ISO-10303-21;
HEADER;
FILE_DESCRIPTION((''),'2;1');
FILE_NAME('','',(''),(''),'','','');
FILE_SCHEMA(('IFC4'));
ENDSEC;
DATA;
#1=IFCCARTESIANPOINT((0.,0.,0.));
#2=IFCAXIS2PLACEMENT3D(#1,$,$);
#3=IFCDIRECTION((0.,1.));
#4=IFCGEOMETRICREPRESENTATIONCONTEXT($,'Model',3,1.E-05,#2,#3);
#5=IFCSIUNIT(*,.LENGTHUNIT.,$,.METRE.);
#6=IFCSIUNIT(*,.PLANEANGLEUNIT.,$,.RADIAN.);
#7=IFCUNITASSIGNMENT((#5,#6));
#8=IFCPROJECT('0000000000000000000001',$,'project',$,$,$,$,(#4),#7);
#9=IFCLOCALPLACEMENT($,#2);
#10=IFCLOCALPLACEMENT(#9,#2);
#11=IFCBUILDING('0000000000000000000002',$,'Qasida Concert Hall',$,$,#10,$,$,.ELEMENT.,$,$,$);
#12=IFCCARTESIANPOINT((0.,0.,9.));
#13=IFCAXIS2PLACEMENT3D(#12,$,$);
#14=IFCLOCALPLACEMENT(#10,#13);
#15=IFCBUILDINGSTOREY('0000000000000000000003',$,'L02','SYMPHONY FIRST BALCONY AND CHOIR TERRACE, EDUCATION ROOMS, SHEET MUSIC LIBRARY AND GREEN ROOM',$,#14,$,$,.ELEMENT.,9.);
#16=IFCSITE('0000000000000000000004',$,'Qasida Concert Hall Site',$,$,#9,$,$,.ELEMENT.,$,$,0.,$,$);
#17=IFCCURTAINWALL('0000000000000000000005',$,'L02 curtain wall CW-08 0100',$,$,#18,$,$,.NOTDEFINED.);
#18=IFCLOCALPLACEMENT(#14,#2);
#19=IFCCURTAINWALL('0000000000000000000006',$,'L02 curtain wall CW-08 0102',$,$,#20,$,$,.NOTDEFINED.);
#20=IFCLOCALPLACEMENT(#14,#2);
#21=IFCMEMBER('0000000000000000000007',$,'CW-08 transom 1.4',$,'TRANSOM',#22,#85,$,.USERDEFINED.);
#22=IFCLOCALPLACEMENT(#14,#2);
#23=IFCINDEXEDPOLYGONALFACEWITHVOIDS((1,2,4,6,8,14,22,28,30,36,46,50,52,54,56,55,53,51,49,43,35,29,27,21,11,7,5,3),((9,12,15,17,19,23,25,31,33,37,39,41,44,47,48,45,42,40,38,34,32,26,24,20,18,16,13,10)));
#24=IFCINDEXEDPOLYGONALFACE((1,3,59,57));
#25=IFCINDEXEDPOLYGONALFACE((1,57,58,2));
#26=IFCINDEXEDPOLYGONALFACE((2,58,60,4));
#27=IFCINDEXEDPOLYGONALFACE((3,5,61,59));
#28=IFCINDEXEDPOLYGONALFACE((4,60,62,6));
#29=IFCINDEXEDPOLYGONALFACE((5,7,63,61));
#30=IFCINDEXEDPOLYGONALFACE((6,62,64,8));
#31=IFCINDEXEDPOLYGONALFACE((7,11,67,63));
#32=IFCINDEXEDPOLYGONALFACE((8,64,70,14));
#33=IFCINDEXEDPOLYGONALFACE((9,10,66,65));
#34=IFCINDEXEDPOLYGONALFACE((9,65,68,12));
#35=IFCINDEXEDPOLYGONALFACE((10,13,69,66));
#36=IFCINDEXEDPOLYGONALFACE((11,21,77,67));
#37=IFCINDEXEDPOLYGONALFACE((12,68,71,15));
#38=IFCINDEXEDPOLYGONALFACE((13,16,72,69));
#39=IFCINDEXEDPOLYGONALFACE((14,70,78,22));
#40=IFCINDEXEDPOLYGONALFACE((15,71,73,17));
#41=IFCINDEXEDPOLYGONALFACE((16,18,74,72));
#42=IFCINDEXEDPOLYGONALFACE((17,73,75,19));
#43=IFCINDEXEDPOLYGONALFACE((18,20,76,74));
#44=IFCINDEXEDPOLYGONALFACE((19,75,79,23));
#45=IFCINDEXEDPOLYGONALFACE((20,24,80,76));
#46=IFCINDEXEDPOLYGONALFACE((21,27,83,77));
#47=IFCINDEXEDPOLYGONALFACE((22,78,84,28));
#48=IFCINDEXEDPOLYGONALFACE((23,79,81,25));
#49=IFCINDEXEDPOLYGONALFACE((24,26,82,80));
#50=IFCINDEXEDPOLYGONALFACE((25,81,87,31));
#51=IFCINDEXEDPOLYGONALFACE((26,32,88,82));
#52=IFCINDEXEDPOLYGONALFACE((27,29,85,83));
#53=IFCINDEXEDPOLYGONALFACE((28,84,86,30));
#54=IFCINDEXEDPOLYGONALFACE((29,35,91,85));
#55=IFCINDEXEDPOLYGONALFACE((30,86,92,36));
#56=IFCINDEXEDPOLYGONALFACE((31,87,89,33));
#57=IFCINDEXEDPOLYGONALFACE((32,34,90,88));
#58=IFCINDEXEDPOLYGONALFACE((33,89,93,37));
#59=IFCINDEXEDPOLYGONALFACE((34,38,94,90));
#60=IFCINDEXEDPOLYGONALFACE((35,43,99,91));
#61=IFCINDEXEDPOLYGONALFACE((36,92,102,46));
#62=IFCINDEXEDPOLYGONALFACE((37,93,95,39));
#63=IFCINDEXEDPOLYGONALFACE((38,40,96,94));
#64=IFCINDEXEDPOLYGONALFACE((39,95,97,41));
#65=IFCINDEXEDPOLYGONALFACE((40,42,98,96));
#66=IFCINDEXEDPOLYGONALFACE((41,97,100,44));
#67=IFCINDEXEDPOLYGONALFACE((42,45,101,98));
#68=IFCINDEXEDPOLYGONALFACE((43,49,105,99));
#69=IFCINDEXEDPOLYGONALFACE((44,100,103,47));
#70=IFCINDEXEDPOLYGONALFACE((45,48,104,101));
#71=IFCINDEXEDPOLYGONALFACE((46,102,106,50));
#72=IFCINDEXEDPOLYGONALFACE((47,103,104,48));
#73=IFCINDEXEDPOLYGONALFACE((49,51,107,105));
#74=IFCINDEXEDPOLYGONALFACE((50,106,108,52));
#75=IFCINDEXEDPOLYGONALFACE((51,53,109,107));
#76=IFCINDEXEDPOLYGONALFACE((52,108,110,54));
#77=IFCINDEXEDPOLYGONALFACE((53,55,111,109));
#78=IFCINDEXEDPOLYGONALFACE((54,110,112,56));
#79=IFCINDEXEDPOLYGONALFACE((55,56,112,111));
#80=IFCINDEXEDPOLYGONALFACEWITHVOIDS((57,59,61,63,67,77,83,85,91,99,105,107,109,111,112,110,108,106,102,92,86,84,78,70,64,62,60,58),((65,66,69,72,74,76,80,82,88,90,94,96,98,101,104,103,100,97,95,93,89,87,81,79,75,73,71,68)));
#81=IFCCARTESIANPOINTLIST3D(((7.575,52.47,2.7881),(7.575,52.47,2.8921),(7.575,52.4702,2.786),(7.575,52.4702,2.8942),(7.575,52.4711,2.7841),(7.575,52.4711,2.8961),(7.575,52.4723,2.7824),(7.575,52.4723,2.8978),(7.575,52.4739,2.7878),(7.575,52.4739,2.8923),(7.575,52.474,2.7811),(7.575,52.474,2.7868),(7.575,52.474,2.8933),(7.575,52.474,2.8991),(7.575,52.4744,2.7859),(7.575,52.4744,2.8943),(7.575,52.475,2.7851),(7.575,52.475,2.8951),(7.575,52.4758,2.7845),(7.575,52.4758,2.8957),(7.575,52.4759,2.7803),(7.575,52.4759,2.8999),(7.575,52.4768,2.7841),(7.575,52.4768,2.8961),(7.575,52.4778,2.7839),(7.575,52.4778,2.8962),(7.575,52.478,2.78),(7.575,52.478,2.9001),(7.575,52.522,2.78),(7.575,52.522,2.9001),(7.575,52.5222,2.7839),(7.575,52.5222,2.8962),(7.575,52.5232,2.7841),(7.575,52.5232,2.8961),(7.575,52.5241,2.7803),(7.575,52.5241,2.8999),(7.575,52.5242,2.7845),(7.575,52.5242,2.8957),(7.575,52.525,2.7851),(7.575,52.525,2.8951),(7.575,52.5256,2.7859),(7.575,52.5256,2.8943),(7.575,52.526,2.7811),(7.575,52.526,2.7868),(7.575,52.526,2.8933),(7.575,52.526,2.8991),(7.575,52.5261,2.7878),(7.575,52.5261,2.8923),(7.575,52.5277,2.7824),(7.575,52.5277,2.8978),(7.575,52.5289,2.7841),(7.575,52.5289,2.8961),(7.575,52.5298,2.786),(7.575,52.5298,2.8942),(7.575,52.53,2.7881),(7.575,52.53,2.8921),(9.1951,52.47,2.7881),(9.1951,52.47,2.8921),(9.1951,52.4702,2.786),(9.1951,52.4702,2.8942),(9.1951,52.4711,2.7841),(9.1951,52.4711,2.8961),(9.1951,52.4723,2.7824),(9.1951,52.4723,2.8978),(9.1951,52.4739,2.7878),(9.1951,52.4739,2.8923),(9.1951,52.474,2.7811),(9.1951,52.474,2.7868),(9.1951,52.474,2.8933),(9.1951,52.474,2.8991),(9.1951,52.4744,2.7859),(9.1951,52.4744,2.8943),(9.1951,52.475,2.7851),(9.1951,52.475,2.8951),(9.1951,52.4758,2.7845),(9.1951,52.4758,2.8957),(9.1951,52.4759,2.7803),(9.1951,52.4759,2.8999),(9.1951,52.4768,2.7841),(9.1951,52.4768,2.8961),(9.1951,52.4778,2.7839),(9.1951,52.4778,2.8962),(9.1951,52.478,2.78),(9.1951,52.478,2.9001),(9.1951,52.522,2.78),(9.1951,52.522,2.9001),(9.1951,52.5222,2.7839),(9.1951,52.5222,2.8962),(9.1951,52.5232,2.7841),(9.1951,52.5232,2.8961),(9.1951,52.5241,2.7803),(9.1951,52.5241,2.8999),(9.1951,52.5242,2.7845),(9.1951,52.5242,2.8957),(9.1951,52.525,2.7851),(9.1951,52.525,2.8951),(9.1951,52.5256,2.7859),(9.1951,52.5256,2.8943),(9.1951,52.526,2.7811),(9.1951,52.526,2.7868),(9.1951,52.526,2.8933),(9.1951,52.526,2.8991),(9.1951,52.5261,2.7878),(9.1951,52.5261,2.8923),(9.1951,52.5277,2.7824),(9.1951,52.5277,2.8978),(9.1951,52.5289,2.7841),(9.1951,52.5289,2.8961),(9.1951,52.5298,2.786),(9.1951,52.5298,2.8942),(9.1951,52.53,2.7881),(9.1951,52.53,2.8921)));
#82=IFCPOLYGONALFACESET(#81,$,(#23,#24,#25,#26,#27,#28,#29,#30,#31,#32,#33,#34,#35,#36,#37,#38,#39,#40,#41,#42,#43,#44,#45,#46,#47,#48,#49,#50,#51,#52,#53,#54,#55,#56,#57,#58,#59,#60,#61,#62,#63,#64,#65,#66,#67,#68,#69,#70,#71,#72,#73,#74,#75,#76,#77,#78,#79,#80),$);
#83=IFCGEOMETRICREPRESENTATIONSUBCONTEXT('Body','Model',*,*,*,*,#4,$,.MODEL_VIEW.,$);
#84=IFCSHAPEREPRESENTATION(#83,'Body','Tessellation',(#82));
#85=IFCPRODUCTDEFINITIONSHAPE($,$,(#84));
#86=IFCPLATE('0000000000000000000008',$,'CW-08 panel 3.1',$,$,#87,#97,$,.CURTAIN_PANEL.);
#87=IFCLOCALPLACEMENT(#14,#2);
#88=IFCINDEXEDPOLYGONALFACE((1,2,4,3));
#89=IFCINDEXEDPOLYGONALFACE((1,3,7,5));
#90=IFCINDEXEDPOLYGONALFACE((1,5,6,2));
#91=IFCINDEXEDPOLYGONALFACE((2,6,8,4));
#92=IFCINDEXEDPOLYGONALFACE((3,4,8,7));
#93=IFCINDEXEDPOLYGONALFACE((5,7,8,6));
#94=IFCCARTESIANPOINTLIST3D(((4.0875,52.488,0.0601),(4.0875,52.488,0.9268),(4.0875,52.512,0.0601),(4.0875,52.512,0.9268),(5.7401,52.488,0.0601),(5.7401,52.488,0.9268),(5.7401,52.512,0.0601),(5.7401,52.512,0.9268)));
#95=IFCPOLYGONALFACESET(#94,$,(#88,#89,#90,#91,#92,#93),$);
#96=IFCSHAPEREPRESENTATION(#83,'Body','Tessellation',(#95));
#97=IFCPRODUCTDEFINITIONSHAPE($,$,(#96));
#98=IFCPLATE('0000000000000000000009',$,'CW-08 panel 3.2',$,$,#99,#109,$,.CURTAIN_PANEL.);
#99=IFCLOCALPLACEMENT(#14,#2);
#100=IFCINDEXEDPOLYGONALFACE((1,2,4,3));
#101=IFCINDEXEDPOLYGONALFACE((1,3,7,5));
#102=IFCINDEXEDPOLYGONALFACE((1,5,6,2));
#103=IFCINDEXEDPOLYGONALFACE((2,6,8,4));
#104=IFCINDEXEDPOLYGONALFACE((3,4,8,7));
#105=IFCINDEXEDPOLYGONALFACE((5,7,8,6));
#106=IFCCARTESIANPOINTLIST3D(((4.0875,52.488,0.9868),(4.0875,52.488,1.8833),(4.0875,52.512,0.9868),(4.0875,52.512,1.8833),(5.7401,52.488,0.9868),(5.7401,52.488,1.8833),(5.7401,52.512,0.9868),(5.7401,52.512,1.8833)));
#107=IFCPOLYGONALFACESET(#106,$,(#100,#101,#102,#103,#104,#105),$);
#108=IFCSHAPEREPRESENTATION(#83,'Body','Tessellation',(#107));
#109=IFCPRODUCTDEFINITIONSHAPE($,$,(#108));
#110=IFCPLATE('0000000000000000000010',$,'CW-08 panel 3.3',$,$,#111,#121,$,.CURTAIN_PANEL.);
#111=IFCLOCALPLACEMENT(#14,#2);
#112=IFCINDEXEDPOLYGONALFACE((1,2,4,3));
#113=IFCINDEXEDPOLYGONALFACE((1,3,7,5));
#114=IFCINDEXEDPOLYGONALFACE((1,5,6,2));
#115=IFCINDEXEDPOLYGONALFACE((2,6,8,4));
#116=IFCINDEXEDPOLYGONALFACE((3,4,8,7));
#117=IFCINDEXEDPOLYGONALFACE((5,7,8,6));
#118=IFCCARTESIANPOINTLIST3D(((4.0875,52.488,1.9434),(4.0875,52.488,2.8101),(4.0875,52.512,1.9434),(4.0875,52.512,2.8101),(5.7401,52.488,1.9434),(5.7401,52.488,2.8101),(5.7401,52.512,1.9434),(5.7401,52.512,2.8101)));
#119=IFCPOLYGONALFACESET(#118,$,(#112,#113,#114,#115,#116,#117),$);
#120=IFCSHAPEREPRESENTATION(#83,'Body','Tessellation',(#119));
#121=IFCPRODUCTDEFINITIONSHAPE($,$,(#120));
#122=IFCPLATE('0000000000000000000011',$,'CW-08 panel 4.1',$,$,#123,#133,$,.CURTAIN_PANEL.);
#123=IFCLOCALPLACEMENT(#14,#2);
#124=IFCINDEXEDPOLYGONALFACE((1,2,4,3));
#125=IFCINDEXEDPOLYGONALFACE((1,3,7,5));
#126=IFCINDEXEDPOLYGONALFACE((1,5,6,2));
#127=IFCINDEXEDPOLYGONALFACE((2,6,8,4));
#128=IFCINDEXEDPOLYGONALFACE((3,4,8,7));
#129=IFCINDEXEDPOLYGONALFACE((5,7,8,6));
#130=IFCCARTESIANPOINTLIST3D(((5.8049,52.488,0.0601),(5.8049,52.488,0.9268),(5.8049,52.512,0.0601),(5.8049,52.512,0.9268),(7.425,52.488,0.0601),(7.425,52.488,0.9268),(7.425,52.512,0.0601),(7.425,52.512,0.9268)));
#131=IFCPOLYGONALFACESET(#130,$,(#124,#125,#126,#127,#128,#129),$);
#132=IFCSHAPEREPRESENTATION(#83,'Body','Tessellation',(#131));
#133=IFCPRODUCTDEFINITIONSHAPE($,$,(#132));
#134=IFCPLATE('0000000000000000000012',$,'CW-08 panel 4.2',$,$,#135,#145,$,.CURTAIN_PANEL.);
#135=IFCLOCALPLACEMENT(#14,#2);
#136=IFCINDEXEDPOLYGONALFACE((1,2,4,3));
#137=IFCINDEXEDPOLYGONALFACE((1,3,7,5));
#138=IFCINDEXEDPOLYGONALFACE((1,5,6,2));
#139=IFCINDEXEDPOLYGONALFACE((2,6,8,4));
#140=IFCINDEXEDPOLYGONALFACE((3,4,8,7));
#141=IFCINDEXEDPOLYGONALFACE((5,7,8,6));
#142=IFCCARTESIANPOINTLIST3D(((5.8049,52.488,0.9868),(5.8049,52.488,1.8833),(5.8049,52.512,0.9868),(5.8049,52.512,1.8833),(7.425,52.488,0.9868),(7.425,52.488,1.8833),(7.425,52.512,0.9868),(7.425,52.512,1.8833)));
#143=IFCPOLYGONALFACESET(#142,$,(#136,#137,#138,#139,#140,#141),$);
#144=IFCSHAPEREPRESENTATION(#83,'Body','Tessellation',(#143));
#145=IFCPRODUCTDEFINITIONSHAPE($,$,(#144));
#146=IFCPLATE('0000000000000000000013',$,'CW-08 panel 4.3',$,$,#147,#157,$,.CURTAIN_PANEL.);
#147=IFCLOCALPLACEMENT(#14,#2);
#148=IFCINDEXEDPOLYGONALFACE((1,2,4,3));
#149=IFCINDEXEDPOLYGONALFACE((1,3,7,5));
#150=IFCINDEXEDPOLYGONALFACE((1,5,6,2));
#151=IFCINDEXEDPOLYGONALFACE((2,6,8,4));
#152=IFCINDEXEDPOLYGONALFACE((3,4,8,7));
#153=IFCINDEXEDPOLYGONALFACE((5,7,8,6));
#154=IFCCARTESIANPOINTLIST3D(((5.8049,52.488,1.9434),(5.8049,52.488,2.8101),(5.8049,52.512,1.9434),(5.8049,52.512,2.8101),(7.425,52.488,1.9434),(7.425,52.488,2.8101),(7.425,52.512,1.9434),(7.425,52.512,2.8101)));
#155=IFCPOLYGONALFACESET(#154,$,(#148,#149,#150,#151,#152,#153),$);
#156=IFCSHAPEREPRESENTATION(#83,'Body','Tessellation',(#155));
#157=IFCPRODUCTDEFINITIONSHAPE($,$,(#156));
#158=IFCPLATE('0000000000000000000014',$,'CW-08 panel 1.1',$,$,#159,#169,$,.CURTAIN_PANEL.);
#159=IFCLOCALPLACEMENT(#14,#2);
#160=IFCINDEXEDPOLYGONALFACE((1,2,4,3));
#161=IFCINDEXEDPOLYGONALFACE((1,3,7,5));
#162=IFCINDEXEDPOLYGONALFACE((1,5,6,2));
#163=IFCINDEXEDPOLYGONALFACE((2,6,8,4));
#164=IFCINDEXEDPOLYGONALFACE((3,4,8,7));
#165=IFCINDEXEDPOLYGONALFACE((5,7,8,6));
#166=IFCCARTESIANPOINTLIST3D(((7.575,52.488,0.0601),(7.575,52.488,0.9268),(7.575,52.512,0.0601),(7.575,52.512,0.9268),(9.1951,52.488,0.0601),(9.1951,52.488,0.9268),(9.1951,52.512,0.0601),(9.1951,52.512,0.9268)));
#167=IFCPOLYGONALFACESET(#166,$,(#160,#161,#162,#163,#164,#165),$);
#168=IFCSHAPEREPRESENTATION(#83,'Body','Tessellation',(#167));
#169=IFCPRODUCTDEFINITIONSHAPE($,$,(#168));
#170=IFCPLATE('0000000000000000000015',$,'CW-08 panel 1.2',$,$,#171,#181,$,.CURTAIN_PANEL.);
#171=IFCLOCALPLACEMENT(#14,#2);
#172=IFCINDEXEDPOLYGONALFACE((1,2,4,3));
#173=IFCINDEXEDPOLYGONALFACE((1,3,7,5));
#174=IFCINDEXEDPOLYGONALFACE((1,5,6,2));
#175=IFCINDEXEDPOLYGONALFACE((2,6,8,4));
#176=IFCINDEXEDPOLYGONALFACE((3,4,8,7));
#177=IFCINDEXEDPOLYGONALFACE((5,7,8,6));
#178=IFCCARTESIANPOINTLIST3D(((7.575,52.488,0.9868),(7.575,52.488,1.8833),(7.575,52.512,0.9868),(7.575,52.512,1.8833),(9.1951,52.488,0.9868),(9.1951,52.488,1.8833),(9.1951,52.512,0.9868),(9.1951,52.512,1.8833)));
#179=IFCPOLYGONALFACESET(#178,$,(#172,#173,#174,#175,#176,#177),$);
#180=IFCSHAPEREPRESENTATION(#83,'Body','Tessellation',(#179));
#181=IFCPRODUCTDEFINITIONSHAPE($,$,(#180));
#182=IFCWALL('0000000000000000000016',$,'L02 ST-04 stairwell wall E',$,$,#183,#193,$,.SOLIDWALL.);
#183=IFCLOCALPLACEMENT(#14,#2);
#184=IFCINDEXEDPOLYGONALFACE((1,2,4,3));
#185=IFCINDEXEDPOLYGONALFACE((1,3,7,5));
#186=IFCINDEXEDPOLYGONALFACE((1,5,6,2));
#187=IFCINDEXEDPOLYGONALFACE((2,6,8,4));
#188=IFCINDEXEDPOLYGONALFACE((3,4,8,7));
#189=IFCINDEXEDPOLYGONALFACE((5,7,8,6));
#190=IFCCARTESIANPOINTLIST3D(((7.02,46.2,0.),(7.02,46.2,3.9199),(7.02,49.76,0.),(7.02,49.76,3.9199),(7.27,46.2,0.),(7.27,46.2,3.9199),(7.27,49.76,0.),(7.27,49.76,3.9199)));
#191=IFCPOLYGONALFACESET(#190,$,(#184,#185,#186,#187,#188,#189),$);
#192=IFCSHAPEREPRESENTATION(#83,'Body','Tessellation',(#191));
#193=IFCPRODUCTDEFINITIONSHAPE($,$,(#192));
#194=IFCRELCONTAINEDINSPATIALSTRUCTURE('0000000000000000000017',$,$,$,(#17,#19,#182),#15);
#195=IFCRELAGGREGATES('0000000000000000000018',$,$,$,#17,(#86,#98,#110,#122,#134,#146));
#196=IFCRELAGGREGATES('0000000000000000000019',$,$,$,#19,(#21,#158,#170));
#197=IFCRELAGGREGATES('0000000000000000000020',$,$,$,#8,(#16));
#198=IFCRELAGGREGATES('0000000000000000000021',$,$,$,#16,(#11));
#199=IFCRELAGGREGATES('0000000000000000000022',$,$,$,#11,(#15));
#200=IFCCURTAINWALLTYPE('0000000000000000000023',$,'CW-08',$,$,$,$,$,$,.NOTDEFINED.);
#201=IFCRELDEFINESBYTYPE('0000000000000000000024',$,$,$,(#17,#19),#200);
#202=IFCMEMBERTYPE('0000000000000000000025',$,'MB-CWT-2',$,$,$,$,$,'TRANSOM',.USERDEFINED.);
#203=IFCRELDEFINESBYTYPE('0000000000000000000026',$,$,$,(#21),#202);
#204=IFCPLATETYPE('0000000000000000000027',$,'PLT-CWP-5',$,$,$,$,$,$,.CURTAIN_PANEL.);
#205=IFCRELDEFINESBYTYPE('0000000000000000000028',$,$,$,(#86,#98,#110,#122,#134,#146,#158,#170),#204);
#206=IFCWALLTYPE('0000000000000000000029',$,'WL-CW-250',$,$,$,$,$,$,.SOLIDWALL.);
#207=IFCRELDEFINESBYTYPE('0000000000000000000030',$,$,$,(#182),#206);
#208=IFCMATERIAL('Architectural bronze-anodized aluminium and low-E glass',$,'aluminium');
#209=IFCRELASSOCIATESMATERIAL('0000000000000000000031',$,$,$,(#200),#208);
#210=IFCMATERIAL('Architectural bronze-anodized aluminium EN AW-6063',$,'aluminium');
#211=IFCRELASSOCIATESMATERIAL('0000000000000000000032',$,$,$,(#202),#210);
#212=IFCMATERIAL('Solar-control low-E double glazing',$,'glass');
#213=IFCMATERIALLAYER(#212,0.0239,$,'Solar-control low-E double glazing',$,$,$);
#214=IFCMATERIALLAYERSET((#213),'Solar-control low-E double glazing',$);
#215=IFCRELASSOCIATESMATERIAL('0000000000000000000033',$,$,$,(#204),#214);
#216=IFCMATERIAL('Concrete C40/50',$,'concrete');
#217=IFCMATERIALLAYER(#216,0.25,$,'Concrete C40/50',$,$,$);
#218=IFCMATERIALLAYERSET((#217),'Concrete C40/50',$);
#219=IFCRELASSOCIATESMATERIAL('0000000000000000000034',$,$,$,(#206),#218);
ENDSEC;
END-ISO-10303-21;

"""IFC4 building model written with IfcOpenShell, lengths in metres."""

from ifc_helpers import new_model, si_unit, direction, frame, frame_2d, origin, origin_2d, place, context, subcontext, project, spatial, rectangle, hollow_rectangle, extrude, material, layer, layer_set, material_profile, profile_set, type_object, element, aggregate, save


model = new_model("IFC4")

# Units and contexts
model_context = context("Model", 3, precision=1e-05, world=origin(), true_north=direction((0.0, 1.0)))
body_context = subcontext(model_context, "Body", "Model", "MODEL_VIEW")
ifc_project = project(units=[si_unit("LENGTHUNIT", "METRE"), si_unit("PLANEANGLEUNIT", "RADIAN")], contexts=[model_context])

# Site, building, storey
site_placement = place(None, origin())
site = spatial("IfcSite", under=ifc_project, at=site_placement, Name="Qasida Concert Hall Site", CompositionType="ELEMENT", RefElevation=0.0)
building_placement = place(site_placement, origin())
building = spatial("IfcBuilding", under=site, at=building_placement, Name="Qasida Concert Hall", CompositionType="ELEMENT")
storey_placement = place(building_placement, frame((0.0, 0.0, 9.0)))
storey = spatial("IfcBuildingStorey", under=building, at=storey_placement, Name="L02", Description="SYMPHONY FIRST BALCONY AND CHOIR TERRACE, EDUCATION ROOMS, SHEET MUSIC LIBRARY AND GREEN ROOM", CompositionType="ELEMENT", Elevation=9.0)

# Curtain wall
ifc_material_1 = material(Name="Architectural bronze-anodized aluminium and low-E glass", Category="aluminium")
curtain_wall_type = type_object("IfcCurtainWallType", Name="CW-08", PredefinedType="NOTDEFINED", material=ifc_material_1)
curtain_wall_1_placement = place(storey_placement, origin())
curtain_wall_1 = element("IfcCurtainWall", 1, at=curtain_wall_1_placement, inside=storey, type_object=curtain_wall_type, Name="L02 curtain wall CW-08 0100", PredefinedType="NOTDEFINED")
ifc_material_2 = material(Name="Architectural bronze-anodized aluminium EN AW-6063", Category="aluminium")

# Curtain wall
curtain_wall_2_placement = place(storey_placement, origin())
curtain_wall_2 = element("IfcCurtainWall", 2, at=curtain_wall_2_placement, inside=storey, type_object=curtain_wall_type, Name="L02 curtain wall CW-08 0102", PredefinedType="NOTDEFINED")

# Member
ifc_material_profile_1 = material_profile(ifc_material_2, hollow_rectangle(XDim=0.0601, YDim=0.1201, WallThickness=0.0039, InnerFilletRadius=0.0039, OuterFilletRadius=0.0081, at=origin_2d()), Name="CWT 120x60x4")
ifc_profile_set_1 = profile_set([ifc_material_profile_1], Name="Architectural bronze-anodized aluminium EN AW-6063")
member_type_1 = type_object("IfcMemberType", Name="MB-CWT-2", ElementType="TRANSOM", PredefinedType="USERDEFINED", material=ifc_profile_set_1)
member_1_placement = place(storey_placement, frame((7.575, 52.5, 2.8401), z_axis=(1.0, 0.0, 0.0), x_axis=(0.0, 1.0, 0.0)))
member_1 = element("IfcMember", 3, at=member_1_placement, type_object=member_type_1, Name="CW-08 transom 1.4", ObjectType="TRANSOM", PredefinedType="USERDEFINED", context=body_context, shape_type="SweptSolid", body=[
    extrude(hollow_rectangle(XDim=0.0601, YDim=0.1201, WallThickness=0.0039, InnerFilletRadius=0.0039, OuterFilletRadius=0.0081, at=origin_2d()), origin(), (0.0, 0.0, 1.0), 1.6201),
])

# Plates
ifc_material_3 = material(Name="Solar-control low-E double glazing", Category="glass")
ifc_layer_1 = layer(ifc_material_3, 0.0239, Name="Solar-control low-E double glazing")
ifc_layer_set_1 = layer_set([ifc_layer_1], Name="Solar-control low-E double glazing")
plate_type = type_object("IfcPlateType", Name="PLT-CWP-5", PredefinedType="CURTAIN_PANEL", material=ifc_layer_set_1)
plate_1_placement = place(storey_placement, frame((4.9138, 52.5, 0.0601), z_axis=(0.0, 0.0, 1.0), x_axis=(1.0, 0.0, 0.0)))
plate_1 = element("IfcPlate", 4, at=plate_1_placement, type_object=plate_type, Name="CW-08 panel 3.1", PredefinedType="CURTAIN_PANEL", context=body_context, shape_type="SweptSolid", body=[
    extrude(rectangle(XDim=1.6526, YDim=0.0239, at=origin_2d()), origin(), (0.0, 0.0, 1.0), 0.8667),
])
plate_2_placement = place(storey_placement, frame((4.9138, 52.5, 0.9868), z_axis=(0.0, 0.0, 1.0), x_axis=(1.0, 0.0, 0.0)))
plate_2 = element("IfcPlate", 5, at=plate_2_placement, type_object=plate_type, Name="CW-08 panel 3.2", PredefinedType="CURTAIN_PANEL", context=body_context, shape_type="SweptSolid", body=[
    extrude(rectangle(XDim=1.6526, YDim=0.0239, at=origin_2d()), origin(), (0.0, 0.0, 1.0), 0.8965),
])
plate_3_placement = place(storey_placement, frame((4.9138, 52.5, 1.9434), z_axis=(0.0, 0.0, 1.0), x_axis=(1.0, 0.0, 0.0)))
plate_3 = element("IfcPlate", 6, at=plate_3_placement, type_object=plate_type, Name="CW-08 panel 3.3", PredefinedType="CURTAIN_PANEL", context=body_context, shape_type="SweptSolid", body=[
    extrude(rectangle(XDim=1.6526, YDim=0.0239, at=origin_2d()), origin(), (0.0, 0.0, 1.0), 0.8667),
])
plate_4_placement = place(storey_placement, frame((6.615, 52.5, 0.0601), z_axis=(0.0, 0.0, 1.0), x_axis=(1.0, 0.0, 0.0)))
plate_4 = element("IfcPlate", 7, at=plate_4_placement, type_object=plate_type, Name="CW-08 panel 4.1", PredefinedType="CURTAIN_PANEL", context=body_context, shape_type="SweptSolid", body=[
    extrude(rectangle(XDim=1.6201, YDim=0.0239, at=origin_2d()), origin(), (0.0, 0.0, 1.0), 0.8667),
])
plate_5_placement = place(storey_placement, frame((6.615, 52.5, 0.9868), z_axis=(0.0, 0.0, 1.0), x_axis=(1.0, 0.0, 0.0)))
plate_5 = element("IfcPlate", 8, at=plate_5_placement, type_object=plate_type, Name="CW-08 panel 4.2", PredefinedType="CURTAIN_PANEL", context=body_context, shape_type="SweptSolid", body=[
    extrude(rectangle(XDim=1.6201, YDim=0.0239, at=origin_2d()), origin(), (0.0, 0.0, 1.0), 0.8965),
])
plate_6_placement = place(storey_placement, frame((6.615, 52.5, 1.9434), z_axis=(0.0, 0.0, 1.0), x_axis=(1.0, 0.0, 0.0)))
plate_6 = element("IfcPlate", 9, at=plate_6_placement, type_object=plate_type, Name="CW-08 panel 4.3", PredefinedType="CURTAIN_PANEL", context=body_context, shape_type="SweptSolid", body=[
    extrude(rectangle(XDim=1.6201, YDim=0.0239, at=origin_2d()), origin(), (0.0, 0.0, 1.0), 0.8667),
])
aggregate(curtain_wall_1, [plate_1, plate_2, plate_3, plate_4, plate_5, plate_6])
plate_7_placement = place(storey_placement, frame((8.385, 52.5, 0.0601), z_axis=(0.0, 0.0, 1.0), x_axis=(1.0, 0.0, 0.0)))
plate_7 = element("IfcPlate", 10, at=plate_7_placement, type_object=plate_type, Name="CW-08 panel 1.1", PredefinedType="CURTAIN_PANEL", context=body_context, shape_type="SweptSolid", body=[
    extrude(rectangle(XDim=1.6201, YDim=0.0239, at=origin_2d()), origin(), (0.0, 0.0, 1.0), 0.8667),
])
plate_8_placement = place(storey_placement, frame((8.385, 52.5, 0.9868), z_axis=(0.0, 0.0, 1.0), x_axis=(1.0, 0.0, 0.0)))
plate_8 = element("IfcPlate", 11, at=plate_8_placement, type_object=plate_type, Name="CW-08 panel 1.2", PredefinedType="CURTAIN_PANEL", context=body_context, shape_type="SweptSolid", body=[
    extrude(rectangle(XDim=1.6201, YDim=0.0239, at=origin_2d()), origin(), (0.0, 0.0, 1.0), 0.8965),
])
aggregate(curtain_wall_2, [member_1, plate_7, plate_8])

# Wall
ifc_material_4 = material(Name="Concrete C40/50", Category="concrete")
ifc_layer_2 = layer(ifc_material_4, 0.25, Name="Concrete C40/50")
ifc_layer_set_2 = layer_set([ifc_layer_2], Name="Concrete C40/50")
wall_type_1 = type_object("IfcWallType", Name="WL-CW-250", PredefinedType="SOLIDWALL", material=ifc_layer_set_2)
wall_1_placement = place(storey_placement, frame((7.145, 46.2, 0.0), z_axis=(0.0, 0.0, 1.0), x_axis=(0.0, 1.0, 0.0)))
element("IfcWall", 12, at=wall_1_placement, inside=storey, type_object=wall_type_1, Name="L02 ST-04 stairwell wall E", PredefinedType="SOLIDWALL", context=body_context, shape_type="SweptSolid", body=[
    extrude(rectangle(XDim=3.5601, YDim=0.25, at=frame_2d((1.78, 0.0))), origin(), (0.0, 0.0, 1.0), 3.9199),
])

save(model, "model.ifc")
